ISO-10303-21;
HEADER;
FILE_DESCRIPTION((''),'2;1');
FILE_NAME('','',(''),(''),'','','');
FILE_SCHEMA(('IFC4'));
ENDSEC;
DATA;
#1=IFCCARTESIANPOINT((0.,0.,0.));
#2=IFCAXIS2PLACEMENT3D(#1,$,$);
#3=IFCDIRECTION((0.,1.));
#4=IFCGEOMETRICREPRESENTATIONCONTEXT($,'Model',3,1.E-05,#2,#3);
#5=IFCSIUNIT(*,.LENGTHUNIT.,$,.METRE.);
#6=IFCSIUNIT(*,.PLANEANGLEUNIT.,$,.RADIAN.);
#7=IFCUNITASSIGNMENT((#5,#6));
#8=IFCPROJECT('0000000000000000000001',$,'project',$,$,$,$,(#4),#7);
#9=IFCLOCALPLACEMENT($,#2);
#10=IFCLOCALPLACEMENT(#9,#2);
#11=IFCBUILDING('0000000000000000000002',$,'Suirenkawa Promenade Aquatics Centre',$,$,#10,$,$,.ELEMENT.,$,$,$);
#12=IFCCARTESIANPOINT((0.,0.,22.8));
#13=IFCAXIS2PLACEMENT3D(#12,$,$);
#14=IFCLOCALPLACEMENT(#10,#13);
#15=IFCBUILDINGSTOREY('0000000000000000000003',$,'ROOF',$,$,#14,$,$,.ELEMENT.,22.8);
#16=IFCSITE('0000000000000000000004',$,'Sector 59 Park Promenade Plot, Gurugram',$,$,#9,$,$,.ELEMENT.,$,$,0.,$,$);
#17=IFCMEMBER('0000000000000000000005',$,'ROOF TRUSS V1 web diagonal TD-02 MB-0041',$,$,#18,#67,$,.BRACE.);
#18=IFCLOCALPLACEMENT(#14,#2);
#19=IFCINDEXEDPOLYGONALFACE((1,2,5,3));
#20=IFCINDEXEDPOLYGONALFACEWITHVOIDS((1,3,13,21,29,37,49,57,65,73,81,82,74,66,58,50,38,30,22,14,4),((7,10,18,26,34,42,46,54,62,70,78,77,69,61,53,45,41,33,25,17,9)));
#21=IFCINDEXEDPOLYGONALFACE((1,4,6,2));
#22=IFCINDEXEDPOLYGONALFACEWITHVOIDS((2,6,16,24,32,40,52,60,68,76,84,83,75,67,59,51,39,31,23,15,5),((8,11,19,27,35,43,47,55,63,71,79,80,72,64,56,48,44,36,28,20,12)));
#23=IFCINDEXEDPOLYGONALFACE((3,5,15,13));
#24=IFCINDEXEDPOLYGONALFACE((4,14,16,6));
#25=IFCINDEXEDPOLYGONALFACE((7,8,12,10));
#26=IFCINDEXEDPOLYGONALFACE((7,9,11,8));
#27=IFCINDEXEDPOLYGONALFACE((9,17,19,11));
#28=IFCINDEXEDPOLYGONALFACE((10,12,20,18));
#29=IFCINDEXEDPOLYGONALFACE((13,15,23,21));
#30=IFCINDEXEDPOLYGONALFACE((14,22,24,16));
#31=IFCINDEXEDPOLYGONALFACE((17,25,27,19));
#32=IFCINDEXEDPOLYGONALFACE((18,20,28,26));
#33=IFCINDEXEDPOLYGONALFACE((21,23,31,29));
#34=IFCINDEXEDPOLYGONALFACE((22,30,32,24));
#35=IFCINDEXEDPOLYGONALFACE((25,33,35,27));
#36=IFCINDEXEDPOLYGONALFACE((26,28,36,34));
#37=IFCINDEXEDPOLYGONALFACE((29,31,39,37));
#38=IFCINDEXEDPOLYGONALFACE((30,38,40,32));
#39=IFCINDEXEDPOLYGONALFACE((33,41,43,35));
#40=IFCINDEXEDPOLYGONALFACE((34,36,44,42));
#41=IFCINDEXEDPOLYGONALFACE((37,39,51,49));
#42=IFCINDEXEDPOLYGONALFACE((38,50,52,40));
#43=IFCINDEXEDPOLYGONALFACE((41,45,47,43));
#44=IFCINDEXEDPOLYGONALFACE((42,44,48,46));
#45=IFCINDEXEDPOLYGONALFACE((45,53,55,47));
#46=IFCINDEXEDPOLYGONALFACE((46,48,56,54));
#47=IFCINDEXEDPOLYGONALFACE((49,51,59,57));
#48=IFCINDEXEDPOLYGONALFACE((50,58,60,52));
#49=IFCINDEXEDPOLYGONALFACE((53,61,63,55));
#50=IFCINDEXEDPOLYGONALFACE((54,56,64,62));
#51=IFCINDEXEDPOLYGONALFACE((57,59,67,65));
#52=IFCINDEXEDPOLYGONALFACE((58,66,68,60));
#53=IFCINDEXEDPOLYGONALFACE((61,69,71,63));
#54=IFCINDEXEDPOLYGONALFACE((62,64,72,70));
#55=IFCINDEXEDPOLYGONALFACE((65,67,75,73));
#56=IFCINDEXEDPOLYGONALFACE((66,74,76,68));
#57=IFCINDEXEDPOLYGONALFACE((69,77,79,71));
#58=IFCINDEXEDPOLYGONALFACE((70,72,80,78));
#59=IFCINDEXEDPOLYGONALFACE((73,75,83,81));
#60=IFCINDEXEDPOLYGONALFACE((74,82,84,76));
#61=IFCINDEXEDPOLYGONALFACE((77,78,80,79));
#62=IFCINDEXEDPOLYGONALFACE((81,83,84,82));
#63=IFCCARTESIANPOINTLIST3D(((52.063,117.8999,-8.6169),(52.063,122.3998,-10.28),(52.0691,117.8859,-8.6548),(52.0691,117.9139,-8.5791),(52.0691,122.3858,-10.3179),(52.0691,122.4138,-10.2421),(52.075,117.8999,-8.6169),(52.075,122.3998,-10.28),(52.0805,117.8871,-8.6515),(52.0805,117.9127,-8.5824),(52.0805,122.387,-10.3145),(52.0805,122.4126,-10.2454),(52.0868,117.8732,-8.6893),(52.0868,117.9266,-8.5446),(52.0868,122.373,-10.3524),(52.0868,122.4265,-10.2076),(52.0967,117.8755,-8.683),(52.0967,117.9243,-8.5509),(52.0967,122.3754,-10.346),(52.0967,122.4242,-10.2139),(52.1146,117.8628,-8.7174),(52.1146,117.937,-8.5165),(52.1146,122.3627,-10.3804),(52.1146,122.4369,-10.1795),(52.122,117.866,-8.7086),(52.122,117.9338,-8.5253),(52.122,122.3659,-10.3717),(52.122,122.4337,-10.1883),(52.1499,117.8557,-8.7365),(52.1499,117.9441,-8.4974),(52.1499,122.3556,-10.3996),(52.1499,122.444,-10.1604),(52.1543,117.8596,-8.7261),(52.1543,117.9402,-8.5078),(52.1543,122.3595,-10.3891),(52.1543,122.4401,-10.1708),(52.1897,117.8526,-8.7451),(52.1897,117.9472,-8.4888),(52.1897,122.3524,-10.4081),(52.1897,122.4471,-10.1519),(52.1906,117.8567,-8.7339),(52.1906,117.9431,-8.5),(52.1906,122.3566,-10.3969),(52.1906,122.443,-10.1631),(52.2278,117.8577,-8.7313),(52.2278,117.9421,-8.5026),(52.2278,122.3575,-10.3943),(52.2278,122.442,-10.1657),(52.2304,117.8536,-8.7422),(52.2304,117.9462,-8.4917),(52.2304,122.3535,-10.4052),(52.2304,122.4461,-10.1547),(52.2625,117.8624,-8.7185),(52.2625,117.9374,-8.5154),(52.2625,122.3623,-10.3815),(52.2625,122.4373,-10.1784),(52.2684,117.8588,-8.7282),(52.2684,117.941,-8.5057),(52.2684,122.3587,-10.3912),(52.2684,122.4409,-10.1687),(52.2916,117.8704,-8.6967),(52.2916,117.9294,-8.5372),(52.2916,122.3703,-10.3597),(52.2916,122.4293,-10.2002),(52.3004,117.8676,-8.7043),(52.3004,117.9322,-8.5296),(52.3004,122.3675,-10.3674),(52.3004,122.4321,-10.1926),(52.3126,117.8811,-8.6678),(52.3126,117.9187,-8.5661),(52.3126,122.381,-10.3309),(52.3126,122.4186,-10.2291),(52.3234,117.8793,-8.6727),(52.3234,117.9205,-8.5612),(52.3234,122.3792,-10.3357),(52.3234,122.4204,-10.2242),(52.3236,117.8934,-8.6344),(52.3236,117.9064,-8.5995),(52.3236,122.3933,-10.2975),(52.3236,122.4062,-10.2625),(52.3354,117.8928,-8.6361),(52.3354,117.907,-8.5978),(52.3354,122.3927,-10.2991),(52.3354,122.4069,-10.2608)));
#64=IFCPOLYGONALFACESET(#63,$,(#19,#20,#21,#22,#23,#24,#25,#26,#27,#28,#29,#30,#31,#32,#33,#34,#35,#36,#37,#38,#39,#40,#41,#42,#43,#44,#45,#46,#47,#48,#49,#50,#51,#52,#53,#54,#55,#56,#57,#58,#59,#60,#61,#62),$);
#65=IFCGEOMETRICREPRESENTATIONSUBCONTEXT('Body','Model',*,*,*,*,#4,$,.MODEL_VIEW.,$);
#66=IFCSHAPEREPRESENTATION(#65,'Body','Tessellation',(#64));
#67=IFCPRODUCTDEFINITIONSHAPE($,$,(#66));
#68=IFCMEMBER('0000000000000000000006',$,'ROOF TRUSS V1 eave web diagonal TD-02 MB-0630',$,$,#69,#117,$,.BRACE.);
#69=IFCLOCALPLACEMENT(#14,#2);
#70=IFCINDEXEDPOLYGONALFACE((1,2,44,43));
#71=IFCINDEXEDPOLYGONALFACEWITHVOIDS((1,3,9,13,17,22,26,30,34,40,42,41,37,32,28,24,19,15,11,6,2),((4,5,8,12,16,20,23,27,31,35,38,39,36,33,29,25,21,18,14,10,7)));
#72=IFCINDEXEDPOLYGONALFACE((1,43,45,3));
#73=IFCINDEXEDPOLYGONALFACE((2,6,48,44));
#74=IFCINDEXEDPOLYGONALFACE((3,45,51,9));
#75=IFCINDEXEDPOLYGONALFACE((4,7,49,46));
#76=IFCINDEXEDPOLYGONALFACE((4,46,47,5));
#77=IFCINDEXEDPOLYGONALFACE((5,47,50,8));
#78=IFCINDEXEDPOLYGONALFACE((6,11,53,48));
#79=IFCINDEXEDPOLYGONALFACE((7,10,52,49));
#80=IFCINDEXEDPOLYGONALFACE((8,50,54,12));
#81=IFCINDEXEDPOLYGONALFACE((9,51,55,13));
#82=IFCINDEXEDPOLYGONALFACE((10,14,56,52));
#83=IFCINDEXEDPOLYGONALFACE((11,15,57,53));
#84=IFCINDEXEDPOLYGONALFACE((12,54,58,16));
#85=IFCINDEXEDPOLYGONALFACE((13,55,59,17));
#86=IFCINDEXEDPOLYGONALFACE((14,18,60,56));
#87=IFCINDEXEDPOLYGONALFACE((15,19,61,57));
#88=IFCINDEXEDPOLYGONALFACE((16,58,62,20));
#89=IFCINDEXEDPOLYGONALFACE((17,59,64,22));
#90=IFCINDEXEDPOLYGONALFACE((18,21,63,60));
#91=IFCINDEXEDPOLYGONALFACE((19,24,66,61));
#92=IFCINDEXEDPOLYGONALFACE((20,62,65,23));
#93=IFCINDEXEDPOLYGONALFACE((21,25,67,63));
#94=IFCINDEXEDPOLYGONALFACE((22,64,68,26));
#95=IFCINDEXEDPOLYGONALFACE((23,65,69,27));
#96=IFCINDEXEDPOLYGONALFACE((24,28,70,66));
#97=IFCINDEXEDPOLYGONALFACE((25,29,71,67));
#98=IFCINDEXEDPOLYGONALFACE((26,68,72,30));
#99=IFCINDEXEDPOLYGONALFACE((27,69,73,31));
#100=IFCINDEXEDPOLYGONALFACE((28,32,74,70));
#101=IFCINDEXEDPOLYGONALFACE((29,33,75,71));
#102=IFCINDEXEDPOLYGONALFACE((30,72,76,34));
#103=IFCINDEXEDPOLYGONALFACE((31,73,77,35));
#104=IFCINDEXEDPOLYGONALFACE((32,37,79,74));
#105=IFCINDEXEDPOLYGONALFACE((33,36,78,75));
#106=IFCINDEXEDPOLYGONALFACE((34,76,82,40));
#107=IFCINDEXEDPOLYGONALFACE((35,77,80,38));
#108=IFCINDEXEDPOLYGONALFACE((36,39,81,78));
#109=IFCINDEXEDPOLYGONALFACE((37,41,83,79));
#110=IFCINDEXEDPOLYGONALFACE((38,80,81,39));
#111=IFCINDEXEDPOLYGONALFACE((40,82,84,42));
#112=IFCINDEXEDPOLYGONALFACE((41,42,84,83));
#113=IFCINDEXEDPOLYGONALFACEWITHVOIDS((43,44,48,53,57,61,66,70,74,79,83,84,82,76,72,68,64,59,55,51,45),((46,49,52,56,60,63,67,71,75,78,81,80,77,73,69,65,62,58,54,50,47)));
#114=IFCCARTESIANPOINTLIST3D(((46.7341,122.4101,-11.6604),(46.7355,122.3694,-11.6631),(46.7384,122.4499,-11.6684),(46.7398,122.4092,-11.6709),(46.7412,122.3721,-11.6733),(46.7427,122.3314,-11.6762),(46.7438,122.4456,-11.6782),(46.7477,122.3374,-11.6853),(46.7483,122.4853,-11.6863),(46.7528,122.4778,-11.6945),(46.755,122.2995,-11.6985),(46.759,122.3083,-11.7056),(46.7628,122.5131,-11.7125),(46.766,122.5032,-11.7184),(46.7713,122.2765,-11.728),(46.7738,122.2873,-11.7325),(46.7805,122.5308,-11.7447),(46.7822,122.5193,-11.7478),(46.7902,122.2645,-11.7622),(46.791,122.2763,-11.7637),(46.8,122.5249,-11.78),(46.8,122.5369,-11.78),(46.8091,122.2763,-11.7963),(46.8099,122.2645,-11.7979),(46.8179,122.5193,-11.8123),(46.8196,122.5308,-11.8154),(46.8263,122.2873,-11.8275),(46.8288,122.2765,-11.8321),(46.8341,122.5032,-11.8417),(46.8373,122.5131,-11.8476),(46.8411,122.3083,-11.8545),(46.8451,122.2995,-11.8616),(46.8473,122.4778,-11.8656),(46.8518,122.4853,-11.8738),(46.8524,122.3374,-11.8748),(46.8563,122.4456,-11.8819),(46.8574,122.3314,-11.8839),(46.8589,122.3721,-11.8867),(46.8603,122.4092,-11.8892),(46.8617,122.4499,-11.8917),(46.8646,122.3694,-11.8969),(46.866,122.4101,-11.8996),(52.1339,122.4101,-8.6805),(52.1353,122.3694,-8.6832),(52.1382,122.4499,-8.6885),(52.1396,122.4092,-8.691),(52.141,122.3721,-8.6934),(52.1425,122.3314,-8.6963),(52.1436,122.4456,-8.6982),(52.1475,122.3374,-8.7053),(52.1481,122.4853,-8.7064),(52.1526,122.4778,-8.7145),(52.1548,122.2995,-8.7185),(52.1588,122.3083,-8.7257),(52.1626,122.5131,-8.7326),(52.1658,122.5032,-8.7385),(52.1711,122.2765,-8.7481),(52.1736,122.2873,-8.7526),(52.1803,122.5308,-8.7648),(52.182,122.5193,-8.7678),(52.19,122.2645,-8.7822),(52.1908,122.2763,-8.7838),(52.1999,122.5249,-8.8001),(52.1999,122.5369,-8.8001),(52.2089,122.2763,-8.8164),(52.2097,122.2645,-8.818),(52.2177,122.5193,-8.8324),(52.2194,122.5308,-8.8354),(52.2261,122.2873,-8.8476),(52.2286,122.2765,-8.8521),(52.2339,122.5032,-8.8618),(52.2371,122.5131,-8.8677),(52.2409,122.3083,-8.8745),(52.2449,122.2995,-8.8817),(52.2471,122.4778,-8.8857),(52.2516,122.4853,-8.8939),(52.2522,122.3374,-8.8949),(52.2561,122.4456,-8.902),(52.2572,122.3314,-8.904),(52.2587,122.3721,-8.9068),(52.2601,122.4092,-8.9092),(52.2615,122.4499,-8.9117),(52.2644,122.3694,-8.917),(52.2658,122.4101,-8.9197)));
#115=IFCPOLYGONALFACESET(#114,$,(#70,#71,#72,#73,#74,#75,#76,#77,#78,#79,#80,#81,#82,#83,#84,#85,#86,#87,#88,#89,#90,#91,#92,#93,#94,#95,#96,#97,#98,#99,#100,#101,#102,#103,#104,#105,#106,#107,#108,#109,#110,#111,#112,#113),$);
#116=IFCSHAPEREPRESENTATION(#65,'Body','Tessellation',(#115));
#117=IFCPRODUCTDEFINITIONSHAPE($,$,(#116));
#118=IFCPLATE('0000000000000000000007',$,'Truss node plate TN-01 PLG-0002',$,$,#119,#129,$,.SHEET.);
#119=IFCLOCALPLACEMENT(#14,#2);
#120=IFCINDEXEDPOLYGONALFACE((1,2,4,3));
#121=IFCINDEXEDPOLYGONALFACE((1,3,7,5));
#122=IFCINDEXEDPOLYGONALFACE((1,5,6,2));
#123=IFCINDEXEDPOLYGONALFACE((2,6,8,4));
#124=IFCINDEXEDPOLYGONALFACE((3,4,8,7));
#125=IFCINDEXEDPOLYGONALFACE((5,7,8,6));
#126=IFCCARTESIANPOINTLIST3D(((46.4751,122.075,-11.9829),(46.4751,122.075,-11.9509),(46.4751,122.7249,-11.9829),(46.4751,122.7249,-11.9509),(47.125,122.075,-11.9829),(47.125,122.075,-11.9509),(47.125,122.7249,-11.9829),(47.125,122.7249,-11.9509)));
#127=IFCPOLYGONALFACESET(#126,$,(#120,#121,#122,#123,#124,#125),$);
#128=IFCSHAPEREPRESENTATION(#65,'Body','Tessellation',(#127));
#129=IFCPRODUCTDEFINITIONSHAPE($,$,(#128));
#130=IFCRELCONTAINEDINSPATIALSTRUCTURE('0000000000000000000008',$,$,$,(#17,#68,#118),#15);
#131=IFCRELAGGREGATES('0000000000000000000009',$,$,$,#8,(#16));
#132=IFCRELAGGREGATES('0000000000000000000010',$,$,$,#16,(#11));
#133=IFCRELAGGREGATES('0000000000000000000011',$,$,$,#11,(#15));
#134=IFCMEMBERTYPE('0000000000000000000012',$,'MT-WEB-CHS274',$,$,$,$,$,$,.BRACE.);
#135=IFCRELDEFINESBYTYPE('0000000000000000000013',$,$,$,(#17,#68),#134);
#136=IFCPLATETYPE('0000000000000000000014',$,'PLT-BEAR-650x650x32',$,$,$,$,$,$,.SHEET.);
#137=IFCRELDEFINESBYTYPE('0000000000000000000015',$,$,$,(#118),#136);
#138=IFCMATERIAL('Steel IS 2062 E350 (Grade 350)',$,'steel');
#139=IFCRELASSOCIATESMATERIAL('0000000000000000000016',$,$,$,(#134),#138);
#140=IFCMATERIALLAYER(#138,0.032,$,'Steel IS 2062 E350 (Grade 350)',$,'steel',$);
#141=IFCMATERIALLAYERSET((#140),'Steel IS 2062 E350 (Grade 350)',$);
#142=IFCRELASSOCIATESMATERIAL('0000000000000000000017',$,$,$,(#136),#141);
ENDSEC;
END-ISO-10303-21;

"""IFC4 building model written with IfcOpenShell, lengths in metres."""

from ifc_helpers import new_model, si_unit, direction, frame, origin, origin_2d, place, context, subcontext, project, spatial, rectangle, hollow_circle, extrude, material, layer, layer_set, material_profile, profile_set, type_object, element, save


model = new_model("IFC4")

# Units and contexts
model_context = context("Model", 3, precision=1e-05, world=origin(), true_north=direction((0.0, 1.0)))
body_context = subcontext(model_context, "Body", "Model", "MODEL_VIEW")
ifc_project = project(units=[si_unit("LENGTHUNIT", "METRE"), si_unit("PLANEANGLEUNIT", "RADIAN")], contexts=[model_context])

# Site, building, storey
site_placement = place(None, origin())
site = spatial("IfcSite", under=ifc_project, at=site_placement, Name="Sector 59 Park Promenade Plot, Gurugram", CompositionType="ELEMENT", RefElevation=0.0)
building_placement = place(site_placement, origin())
building = spatial("IfcBuilding", under=site, at=building_placement, Name="Suirenkawa Promenade Aquatics Centre", CompositionType="ELEMENT")
storey_placement = place(building_placement, frame((0.0, 0.0, 22.8)))
storey = spatial("IfcBuildingStorey", under=building, at=storey_placement, Name="ROOF", CompositionType="ELEMENT", Elevation=22.8)

# Shared definitions
ifc_material = material(Name="Steel IS 2062 E350 (Grade 350)", Category="steel")

# Members
ifc_material_profile_1 = material_profile(ifc_material, hollow_circle(Radius=0.137, WallThickness=0.012, at=origin_2d()), Name="CHS 274x12", Category="steel")
ifc_profile_set_1 = profile_set([ifc_material_profile_1], Name="Steel IS 2062 E350 (Grade 350)")
member_type_1 = type_object("IfcMemberType", Name="MT-WEB-CHS274", PredefinedType="BRACE", material=ifc_profile_set_1)
member_1_placement = place(storey_placement, frame((52.2, 117.8999, -8.6169), z_axis=(0.0, 0.937992, -0.346658), x_axis=(-1.0, 0.0, 0.0)))
element("IfcMember", 1, at=member_1_placement, inside=storey, type_object=member_type_1, Name="ROOF TRUSS V1 web diagonal TD-02 MB-0041", PredefinedType="BRACE", context=body_context, shape_type="SweptSolid", body=[
    extrude(hollow_circle(Radius=0.137, WallThickness=0.012, at=origin_2d()), origin(), (0.0, 0.0, 1.0), 4.7974),
])
member_2_placement = place(storey_placement, frame((46.8, 122.3999, -11.78), z_axis=(0.875528, 0.0, 0.483167), x_axis=(0.0, 1.0, 0.0)))
element("IfcMember", 2, at=member_2_placement, inside=storey, type_object=member_type_1, Name="ROOF TRUSS V1 eave web diagonal TD-02 MB-0630", PredefinedType="BRACE", context=body_context, shape_type="SweptSolid", body=[
    extrude(hollow_circle(Radius=0.137, WallThickness=0.012, at=origin_2d()), origin(), (0.0, 0.0, 1.0), 6.1675),
])

# Plate
ifc_layer = layer(ifc_material, 0.032, Name="Steel IS 2062 E350 (Grade 350)", Category="steel")
ifc_layer_set = layer_set([ifc_layer], Name="Steel IS 2062 E350 (Grade 350)")
plate_type = type_object("IfcPlateType", Name="PLT-BEAR-650x650x32", PredefinedType="SHEET", material=ifc_layer_set)
plate_placement = place(storey_placement, frame((46.8, 122.3999, -11.9829), z_axis=(0.0, 0.0, 1.0), x_axis=(1.0, 0.0, 0.0)))
element("IfcPlate", 3, at=plate_placement, inside=storey, type_object=plate_type, Name="Truss node plate TN-01 PLG-0002", PredefinedType="SHEET", context=body_context, shape_type="SweptSolid", body=[
    extrude(rectangle(XDim=0.6499, YDim=0.6499, at=origin_2d()), origin(), (0.0, 0.0, 1.0), 0.032),
])

save(model, "model.ifc")
